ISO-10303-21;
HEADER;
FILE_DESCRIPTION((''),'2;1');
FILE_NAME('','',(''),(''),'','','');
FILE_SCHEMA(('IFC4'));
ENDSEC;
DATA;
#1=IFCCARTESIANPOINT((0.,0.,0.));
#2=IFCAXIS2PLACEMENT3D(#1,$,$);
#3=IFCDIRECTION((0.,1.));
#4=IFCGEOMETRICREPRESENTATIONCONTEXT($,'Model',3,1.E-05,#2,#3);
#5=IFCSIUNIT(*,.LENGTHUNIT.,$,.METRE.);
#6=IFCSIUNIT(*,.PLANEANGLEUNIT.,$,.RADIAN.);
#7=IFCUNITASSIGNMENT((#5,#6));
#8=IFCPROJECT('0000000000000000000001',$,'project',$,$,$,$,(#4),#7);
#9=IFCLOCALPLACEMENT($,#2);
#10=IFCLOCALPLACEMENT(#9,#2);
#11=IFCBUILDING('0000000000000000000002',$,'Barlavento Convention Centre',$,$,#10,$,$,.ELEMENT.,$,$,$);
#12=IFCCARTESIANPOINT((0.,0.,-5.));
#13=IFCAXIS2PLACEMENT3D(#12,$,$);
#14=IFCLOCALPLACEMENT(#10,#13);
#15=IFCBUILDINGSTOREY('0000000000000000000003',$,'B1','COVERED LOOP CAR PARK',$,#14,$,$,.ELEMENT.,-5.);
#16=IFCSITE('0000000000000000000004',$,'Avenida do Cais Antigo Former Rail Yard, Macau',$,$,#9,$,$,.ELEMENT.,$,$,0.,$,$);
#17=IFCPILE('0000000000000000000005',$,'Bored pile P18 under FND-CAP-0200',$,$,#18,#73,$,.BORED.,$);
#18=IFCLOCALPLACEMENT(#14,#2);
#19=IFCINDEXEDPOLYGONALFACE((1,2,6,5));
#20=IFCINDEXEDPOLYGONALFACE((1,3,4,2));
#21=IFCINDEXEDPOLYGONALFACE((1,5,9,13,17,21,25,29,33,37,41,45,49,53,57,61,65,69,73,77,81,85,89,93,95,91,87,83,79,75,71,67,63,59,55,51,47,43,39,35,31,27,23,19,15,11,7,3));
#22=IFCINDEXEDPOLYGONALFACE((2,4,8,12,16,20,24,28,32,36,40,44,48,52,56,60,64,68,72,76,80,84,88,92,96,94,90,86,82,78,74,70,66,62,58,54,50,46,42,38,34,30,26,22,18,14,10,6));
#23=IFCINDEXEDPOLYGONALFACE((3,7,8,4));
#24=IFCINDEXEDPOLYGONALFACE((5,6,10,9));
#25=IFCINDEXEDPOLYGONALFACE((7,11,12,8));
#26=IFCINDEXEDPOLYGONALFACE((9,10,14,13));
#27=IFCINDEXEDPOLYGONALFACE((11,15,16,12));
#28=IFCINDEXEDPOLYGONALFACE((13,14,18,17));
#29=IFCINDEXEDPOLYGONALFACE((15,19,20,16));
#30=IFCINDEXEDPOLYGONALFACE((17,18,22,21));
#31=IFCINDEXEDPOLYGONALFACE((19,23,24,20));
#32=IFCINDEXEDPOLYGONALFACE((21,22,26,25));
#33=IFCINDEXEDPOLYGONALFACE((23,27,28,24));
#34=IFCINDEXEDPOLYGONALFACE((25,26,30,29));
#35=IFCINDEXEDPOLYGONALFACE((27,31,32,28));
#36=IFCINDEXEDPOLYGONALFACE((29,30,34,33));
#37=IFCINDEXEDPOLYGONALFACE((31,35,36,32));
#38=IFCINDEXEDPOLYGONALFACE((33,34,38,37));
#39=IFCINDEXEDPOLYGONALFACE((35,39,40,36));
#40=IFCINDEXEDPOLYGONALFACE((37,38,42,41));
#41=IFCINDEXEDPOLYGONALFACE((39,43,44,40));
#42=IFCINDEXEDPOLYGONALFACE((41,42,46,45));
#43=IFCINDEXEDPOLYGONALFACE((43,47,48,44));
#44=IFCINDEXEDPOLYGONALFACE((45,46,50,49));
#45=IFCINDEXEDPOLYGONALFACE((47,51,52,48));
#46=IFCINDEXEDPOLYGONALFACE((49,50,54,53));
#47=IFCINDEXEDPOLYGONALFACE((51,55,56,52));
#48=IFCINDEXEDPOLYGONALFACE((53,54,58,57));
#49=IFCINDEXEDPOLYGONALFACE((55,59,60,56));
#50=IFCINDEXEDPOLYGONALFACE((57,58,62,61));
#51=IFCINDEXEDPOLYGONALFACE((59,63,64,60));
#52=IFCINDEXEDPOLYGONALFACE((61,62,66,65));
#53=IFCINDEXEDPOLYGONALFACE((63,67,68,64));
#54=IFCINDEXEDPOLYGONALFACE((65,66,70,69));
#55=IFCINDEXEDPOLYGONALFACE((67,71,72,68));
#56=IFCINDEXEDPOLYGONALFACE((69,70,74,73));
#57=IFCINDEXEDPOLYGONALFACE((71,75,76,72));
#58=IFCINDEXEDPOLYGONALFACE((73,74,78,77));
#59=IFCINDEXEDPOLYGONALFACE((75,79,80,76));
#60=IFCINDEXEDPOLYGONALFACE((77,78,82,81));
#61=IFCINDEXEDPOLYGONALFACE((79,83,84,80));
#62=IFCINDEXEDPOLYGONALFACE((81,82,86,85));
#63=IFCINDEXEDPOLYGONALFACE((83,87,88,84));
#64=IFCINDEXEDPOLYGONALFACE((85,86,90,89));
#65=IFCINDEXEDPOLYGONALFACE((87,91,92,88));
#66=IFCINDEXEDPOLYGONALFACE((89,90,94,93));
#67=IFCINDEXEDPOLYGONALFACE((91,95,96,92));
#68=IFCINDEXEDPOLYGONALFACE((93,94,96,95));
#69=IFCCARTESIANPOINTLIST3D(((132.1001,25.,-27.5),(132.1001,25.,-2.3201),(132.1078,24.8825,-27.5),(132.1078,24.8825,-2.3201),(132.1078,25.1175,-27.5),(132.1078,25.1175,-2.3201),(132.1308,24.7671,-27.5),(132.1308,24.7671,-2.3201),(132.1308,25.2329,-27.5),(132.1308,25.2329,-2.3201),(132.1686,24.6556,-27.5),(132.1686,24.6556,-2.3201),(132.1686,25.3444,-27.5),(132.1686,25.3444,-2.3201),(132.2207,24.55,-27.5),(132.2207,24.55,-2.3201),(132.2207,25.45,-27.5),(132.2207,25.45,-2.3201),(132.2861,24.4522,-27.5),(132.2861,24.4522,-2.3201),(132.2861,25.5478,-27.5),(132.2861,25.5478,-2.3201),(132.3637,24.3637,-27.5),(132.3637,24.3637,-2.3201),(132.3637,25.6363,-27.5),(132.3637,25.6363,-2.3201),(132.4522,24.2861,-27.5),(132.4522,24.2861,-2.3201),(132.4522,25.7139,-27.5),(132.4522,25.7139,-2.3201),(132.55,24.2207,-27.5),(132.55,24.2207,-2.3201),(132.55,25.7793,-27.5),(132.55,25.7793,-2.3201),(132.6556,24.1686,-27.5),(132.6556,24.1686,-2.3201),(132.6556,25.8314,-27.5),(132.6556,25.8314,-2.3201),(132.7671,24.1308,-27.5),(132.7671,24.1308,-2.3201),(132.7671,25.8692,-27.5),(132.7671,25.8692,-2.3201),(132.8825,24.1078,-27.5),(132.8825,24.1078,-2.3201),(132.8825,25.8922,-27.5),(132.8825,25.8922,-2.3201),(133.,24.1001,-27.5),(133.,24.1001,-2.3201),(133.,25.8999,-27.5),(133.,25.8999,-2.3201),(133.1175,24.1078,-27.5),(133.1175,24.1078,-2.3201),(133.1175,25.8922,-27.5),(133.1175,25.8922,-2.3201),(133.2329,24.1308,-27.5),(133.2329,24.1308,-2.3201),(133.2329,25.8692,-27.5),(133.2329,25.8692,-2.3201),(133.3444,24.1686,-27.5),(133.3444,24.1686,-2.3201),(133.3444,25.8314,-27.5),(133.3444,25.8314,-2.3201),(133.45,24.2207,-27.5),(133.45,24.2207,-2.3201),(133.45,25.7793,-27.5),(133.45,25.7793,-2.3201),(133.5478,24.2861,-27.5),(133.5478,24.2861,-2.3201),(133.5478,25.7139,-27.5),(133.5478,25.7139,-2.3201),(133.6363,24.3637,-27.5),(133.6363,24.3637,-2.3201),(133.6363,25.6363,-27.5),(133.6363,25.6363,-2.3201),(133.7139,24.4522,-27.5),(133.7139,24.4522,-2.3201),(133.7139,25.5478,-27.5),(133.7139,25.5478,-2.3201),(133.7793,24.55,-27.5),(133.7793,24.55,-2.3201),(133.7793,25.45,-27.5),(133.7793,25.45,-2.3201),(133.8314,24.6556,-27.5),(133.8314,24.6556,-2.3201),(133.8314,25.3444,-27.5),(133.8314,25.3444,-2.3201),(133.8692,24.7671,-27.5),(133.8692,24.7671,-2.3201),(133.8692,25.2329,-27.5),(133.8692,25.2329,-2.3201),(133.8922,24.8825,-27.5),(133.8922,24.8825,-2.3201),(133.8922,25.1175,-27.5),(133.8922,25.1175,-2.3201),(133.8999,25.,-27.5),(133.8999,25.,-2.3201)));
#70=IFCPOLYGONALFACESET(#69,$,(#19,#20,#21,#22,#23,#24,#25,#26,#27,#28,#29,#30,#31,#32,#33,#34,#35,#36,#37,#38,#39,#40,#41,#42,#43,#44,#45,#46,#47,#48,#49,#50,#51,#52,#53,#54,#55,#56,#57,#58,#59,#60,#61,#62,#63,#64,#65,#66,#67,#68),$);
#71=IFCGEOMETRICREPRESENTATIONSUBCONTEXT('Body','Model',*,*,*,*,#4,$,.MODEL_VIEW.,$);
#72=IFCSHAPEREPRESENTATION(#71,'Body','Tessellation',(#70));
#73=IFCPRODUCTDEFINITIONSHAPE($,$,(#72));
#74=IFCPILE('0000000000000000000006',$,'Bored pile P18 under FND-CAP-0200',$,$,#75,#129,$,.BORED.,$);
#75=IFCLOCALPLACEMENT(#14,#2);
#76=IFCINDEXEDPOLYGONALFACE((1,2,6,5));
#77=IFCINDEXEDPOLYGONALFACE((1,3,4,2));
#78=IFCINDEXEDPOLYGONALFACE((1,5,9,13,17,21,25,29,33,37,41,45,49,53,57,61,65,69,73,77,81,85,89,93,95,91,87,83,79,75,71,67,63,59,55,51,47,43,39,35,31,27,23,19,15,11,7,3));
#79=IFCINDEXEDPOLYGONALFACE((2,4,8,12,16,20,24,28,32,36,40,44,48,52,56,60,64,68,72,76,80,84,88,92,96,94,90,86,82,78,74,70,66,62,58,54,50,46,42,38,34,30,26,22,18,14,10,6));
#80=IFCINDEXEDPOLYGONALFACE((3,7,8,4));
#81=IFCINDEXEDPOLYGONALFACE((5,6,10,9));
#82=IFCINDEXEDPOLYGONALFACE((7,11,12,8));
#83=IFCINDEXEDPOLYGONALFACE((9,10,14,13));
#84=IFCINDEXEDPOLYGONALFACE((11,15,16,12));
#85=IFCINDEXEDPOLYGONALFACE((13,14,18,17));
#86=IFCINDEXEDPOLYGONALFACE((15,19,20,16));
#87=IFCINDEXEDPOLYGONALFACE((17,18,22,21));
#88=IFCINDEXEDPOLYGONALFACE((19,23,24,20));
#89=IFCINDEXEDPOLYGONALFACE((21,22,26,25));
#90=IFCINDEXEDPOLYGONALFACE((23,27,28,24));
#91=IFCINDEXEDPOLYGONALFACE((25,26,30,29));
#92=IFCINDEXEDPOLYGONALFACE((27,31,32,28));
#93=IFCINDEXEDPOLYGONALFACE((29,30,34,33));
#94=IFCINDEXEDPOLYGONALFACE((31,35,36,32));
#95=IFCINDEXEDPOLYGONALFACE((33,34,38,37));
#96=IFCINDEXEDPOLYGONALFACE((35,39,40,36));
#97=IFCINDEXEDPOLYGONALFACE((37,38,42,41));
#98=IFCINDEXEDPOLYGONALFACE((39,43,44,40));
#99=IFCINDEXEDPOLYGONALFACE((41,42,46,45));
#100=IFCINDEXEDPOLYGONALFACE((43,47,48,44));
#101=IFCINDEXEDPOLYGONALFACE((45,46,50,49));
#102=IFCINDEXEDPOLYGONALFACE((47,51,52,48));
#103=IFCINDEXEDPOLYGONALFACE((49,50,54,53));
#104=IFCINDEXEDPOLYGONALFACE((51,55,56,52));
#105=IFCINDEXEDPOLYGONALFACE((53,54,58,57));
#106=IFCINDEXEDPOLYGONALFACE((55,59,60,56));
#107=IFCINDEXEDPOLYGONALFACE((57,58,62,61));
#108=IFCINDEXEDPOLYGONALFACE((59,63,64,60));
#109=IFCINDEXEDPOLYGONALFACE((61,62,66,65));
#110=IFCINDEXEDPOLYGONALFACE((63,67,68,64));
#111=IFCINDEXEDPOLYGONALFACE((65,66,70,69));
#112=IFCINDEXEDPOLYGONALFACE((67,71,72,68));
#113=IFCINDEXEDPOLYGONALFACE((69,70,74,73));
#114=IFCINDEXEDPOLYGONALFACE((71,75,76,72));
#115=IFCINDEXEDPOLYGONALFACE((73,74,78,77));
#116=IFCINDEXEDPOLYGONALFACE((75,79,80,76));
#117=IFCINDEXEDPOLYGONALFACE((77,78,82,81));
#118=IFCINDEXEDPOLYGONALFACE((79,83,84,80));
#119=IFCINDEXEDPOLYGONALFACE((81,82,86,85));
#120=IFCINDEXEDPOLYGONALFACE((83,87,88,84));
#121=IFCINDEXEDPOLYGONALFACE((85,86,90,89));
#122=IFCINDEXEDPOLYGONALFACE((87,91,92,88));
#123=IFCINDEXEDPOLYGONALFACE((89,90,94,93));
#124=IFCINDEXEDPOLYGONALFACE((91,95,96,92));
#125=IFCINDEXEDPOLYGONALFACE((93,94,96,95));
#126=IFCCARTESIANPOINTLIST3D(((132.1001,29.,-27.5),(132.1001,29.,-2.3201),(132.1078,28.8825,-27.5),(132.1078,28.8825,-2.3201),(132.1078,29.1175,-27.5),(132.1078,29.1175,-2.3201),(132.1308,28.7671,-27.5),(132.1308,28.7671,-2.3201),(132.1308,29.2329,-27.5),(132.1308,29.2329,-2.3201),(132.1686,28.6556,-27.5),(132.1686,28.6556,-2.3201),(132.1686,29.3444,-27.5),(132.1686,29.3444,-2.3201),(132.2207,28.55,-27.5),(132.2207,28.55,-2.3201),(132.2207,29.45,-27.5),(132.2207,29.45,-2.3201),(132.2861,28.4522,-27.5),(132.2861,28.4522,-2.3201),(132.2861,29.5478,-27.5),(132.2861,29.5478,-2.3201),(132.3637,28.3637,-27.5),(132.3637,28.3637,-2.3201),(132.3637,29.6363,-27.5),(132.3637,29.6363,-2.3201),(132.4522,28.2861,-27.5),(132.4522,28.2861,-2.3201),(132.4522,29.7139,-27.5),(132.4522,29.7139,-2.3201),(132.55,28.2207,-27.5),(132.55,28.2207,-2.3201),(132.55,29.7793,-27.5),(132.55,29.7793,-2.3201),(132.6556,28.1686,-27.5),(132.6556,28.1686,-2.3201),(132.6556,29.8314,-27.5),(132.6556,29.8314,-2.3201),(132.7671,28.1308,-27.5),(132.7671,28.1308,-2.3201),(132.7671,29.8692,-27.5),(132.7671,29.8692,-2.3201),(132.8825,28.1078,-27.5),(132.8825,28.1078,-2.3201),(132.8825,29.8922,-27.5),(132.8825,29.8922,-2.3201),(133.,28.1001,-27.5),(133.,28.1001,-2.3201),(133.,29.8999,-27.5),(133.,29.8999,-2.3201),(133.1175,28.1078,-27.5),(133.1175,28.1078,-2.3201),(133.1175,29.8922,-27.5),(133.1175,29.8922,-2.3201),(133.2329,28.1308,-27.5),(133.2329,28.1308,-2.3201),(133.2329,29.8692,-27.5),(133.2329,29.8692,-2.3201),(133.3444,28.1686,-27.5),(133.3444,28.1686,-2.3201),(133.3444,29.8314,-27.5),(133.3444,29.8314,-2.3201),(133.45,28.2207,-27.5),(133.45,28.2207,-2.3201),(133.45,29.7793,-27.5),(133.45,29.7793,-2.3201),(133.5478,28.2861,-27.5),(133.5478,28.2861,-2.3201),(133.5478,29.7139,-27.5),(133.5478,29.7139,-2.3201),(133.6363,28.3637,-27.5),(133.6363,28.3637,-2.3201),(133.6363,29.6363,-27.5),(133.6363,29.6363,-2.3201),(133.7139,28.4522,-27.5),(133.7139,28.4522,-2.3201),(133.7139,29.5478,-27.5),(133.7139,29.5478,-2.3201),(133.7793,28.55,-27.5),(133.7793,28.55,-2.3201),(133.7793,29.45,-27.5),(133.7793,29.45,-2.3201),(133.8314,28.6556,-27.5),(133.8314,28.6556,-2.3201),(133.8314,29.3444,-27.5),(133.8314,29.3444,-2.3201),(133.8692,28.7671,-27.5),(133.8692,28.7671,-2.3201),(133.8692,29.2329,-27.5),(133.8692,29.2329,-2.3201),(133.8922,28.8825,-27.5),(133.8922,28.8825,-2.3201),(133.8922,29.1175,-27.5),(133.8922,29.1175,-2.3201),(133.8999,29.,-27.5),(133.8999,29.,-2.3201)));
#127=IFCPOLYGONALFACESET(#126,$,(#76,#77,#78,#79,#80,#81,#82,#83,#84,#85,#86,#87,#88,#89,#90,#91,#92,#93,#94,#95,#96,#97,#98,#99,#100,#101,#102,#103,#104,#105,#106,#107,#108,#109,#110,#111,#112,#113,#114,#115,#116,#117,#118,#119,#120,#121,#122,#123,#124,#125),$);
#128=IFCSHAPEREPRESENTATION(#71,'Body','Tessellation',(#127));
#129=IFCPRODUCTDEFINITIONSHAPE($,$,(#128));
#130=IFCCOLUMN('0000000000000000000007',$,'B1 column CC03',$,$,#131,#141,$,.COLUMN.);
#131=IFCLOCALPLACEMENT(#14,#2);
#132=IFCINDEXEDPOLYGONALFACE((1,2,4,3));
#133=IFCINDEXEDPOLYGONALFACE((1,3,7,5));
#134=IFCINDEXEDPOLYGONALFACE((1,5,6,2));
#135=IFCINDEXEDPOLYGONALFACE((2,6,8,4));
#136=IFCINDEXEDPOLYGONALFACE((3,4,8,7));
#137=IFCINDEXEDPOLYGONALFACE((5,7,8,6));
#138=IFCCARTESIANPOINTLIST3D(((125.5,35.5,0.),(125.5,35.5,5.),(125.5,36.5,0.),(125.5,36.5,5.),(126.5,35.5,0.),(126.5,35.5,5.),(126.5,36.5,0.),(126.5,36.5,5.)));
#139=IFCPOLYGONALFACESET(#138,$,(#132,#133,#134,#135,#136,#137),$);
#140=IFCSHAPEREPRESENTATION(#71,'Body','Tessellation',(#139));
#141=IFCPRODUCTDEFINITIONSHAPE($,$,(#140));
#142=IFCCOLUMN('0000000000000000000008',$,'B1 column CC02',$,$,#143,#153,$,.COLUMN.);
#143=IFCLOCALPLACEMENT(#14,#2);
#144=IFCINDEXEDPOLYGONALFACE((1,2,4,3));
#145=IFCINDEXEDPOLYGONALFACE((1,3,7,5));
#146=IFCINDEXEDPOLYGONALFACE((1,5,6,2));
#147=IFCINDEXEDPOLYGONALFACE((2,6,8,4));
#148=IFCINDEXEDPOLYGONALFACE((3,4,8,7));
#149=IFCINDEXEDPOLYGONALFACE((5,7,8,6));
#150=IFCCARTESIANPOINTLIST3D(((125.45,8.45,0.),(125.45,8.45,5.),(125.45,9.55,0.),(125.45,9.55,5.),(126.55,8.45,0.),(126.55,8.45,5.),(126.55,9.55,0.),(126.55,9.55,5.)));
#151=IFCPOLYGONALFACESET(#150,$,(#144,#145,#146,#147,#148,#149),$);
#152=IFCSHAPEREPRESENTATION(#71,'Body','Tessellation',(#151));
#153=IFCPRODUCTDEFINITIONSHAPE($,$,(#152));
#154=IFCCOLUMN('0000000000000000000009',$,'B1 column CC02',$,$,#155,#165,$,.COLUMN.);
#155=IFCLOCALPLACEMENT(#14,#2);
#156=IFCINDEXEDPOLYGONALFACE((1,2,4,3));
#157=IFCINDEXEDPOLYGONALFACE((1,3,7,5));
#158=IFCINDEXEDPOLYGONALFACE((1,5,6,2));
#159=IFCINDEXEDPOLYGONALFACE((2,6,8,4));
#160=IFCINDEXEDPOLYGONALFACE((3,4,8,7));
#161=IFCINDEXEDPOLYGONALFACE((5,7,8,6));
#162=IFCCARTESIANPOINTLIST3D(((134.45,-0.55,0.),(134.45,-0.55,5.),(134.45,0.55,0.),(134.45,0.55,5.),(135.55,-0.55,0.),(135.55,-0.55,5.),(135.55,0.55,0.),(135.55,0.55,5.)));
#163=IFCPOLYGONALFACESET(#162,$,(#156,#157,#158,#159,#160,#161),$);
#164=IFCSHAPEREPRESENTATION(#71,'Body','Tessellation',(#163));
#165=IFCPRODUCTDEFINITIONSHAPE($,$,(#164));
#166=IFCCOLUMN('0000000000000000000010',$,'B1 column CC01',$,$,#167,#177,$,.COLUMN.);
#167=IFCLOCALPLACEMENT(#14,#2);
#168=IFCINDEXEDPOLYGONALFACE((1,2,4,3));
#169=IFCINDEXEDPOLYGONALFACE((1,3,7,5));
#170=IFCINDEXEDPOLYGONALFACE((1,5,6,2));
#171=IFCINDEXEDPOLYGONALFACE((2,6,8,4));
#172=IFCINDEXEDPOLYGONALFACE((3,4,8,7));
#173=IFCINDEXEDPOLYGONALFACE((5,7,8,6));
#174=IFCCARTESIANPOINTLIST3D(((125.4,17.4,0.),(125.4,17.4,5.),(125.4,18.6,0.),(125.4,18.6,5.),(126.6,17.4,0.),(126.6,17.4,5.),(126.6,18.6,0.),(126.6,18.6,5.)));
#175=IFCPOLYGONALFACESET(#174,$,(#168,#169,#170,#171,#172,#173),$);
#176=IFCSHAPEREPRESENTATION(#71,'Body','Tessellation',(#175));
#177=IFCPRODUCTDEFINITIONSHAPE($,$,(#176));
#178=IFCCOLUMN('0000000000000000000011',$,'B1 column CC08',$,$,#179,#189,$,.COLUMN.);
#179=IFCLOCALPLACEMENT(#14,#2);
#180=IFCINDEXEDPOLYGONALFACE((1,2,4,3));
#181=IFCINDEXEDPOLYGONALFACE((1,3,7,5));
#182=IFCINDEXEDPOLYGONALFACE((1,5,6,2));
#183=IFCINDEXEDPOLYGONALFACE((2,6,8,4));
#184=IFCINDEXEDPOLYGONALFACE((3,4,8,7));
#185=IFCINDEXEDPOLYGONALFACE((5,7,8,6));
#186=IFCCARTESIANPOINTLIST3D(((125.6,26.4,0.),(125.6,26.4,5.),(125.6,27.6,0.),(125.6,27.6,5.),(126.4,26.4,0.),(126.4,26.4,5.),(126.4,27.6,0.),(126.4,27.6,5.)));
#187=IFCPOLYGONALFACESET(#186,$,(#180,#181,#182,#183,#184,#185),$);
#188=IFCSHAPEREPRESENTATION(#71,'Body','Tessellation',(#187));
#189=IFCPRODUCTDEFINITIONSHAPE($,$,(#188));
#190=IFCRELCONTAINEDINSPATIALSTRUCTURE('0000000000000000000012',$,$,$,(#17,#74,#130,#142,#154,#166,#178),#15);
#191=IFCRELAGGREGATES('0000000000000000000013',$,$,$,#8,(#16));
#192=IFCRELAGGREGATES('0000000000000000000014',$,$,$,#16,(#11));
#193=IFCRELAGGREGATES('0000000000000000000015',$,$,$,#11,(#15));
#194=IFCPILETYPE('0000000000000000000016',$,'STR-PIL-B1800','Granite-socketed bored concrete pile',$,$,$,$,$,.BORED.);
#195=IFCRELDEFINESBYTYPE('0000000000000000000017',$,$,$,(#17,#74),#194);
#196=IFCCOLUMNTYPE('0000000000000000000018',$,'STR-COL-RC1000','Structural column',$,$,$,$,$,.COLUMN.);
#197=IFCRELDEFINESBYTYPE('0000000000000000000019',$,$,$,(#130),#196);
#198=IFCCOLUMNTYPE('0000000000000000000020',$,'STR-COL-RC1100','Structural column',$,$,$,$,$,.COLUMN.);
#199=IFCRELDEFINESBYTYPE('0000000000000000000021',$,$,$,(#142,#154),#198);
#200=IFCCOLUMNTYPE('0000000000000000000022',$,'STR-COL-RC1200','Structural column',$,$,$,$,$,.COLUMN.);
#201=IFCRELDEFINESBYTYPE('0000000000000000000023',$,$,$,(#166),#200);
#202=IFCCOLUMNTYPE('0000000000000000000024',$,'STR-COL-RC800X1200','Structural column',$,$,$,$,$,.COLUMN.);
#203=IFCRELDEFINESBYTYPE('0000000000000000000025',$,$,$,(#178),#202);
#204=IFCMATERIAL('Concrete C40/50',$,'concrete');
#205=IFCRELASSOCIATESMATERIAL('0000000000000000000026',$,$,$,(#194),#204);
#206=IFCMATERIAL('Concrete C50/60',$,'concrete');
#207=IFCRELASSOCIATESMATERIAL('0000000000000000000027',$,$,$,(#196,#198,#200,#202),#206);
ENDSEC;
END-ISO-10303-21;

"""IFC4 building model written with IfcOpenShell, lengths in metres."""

from ifc_helpers import new_model, si_unit, direction, frame, origin, origin_2d, place, context, subcontext, project, spatial, rectangle, circle, extrude, material, material_profile, profile_set, type_object, element, save


model = new_model("IFC4")

# Units and contexts
model_context = context("Model", 3, precision=1e-05, world=origin(), true_north=direction((0.0, 1.0)))
body_context = subcontext(model_context, "Body", "Model", "MODEL_VIEW")
ifc_project = project(units=[si_unit("LENGTHUNIT", "METRE"), si_unit("PLANEANGLEUNIT", "RADIAN")], contexts=[model_context])

# Site, building, storey
site_placement = place(None, origin())
site = spatial("IfcSite", under=ifc_project, at=site_placement, Name="Avenida do Cais Antigo Former Rail Yard, Macau", CompositionType="ELEMENT", RefElevation=0.0)
building_placement = place(site_placement, origin())
building = spatial("IfcBuilding", under=site, at=building_placement, Name="Barlavento Convention Centre", CompositionType="ELEMENT")
storey_placement = place(building_placement, frame((0.0, 0.0, -5.0)))
storey = spatial("IfcBuildingStorey", under=building, at=storey_placement, Name="B1", Description="COVERED LOOP CAR PARK", CompositionType="ELEMENT", Elevation=-5.0)

# Shared definitions
ifc_material_1 = material(Name="Concrete C40/50", Category="concrete")

# Piles
ifc_material_profile_1 = material_profile(ifc_material_1, circle(Radius=0.8999, at=origin_2d()), Name="BORED PILE 1800")
ifc_profile_set_1 = profile_set([ifc_material_profile_1], Name="Concrete C40/50")
pile_type_1 = type_object("IfcPileType", Name="STR-PIL-B1800", Description="Granite-socketed bored concrete pile", PredefinedType="BORED", material=ifc_profile_set_1)
for number, where, z_axis, x_axis, name in (
    (1, (133.0, 25.0, -2.3201), (0.0, 0.0, -1.0), (1.0, 0.0, 0.0), "Bored pile P18 under FND-CAP-0200"),
    (2, (133.0, 29.0, -2.3201), (0.0, 0.0, -1.0), (1.0, 0.0, 0.0), "Bored pile P18 under FND-CAP-0200"),
):
    element("IfcPile", number, at=place(storey_placement, frame(where, z_axis=z_axis, x_axis=x_axis)), inside=storey, type_object=pile_type_1, Name=name, PredefinedType="BORED", context=body_context, shape_type="SweptSolid", body=[
        extrude(circle(Radius=0.8999, at=origin_2d()), origin(), (0.0, 0.0, 1.0), 25.1799),
    ])

# Columns
ifc_material_2 = material(Name="Concrete C50/60", Category="concrete")
ifc_material_profile_2 = material_profile(ifc_material_2, rectangle(XDim=1.0, YDim=1.0, at=origin_2d()), Name="RC 1000x1000")
ifc_profile_set_2 = profile_set([ifc_material_profile_2], Name="Concrete C50/60")
column_type_1 = type_object("IfcColumnType", Name="STR-COL-RC1000", Description="Structural column", PredefinedType="COLUMN", material=ifc_profile_set_2)
column_1_placement = place(storey_placement, frame((126.0, 36.0, 0.0), z_axis=(0.0, 0.0, 1.0), x_axis=(1.0, 0.0, 0.0)))
element("IfcColumn", 3, at=column_1_placement, inside=storey, type_object=column_type_1, Name="B1 column CC03", PredefinedType="COLUMN", context=body_context, shape_type="SweptSolid", body=[
    extrude(rectangle(XDim=1.0, YDim=1.0, at=origin_2d()), origin(), (0.0, 0.0, 1.0), 5.0),
])
ifc_material_profile_3 = material_profile(ifc_material_2, rectangle(XDim=1.1001, YDim=1.1001, at=origin_2d()), Name="RC 1100x1100")
ifc_profile_set_3 = profile_set([ifc_material_profile_3], Name="Concrete C50/60")
column_type_2 = type_object("IfcColumnType", Name="STR-COL-RC1100", Description="Structural column", PredefinedType="COLUMN", material=ifc_profile_set_3)
for number, where, z_axis, x_axis, name in (
    (4, (126.0, 9.0, 0.0), (0.0, 0.0, 1.0), (1.0, 0.0, 0.0), "B1 column CC02"),
    (5, (135.0, 0.0, 0.0), (0.0, 0.0, 1.0), (1.0, 0.0, 0.0), "B1 column CC02"),
):
    element("IfcColumn", number, at=place(storey_placement, frame(where, z_axis=z_axis, x_axis=x_axis)), inside=storey, type_object=column_type_2, Name=name, PredefinedType="COLUMN", context=body_context, shape_type="SweptSolid", body=[
        extrude(rectangle(XDim=1.1001, YDim=1.1001, at=origin_2d()), origin(), (0.0, 0.0, 1.0), 5.0),
    ])
ifc_material_profile_4 = material_profile(ifc_material_2, rectangle(XDim=1.2, YDim=1.2, at=origin_2d()), Name="RC 1200x1200")
ifc_profile_set_4 = profile_set([ifc_material_profile_4], Name="Concrete C50/60")
column_type_3 = type_object("IfcColumnType", Name="STR-COL-RC1200", Description="Structural column", PredefinedType="COLUMN", material=ifc_profile_set_4)
column_2_placement = place(storey_placement, frame((126.0, 18.0, 0.0), z_axis=(0.0, 0.0, 1.0), x_axis=(1.0, 0.0, 0.0)))
element("IfcColumn", 6, at=column_2_placement, inside=storey, type_object=column_type_3, Name="B1 column CC01", PredefinedType="COLUMN", context=body_context, shape_type="SweptSolid", body=[
    extrude(rectangle(XDim=1.2, YDim=1.2, at=origin_2d()), origin(), (0.0, 0.0, 1.0), 5.0),
])
ifc_material_profile_5 = material_profile(ifc_material_2, rectangle(XDim=0.8, YDim=1.2, at=origin_2d()), Name="RC 800x1200")
ifc_profile_set_5 = profile_set([ifc_material_profile_5], Name="Concrete C50/60")
column_type_4 = type_object("IfcColumnType", Name="STR-COL-RC800X1200", Description="Structural column", PredefinedType="COLUMN", material=ifc_profile_set_5)
column_3_placement = place(storey_placement, frame((126.0, 27.0, 0.0), z_axis=(0.0, 0.0, 1.0), x_axis=(1.0, 0.0, 0.0)))
element("IfcColumn", 7, at=column_3_placement, inside=storey, type_object=column_type_4, Name="B1 column CC08", PredefinedType="COLUMN", context=body_context, shape_type="SweptSolid", body=[
    extrude(rectangle(XDim=0.8, YDim=1.2, at=origin_2d()), origin(), (0.0, 0.0, 1.0), 5.0),
])

save(model, "model.ifc")
